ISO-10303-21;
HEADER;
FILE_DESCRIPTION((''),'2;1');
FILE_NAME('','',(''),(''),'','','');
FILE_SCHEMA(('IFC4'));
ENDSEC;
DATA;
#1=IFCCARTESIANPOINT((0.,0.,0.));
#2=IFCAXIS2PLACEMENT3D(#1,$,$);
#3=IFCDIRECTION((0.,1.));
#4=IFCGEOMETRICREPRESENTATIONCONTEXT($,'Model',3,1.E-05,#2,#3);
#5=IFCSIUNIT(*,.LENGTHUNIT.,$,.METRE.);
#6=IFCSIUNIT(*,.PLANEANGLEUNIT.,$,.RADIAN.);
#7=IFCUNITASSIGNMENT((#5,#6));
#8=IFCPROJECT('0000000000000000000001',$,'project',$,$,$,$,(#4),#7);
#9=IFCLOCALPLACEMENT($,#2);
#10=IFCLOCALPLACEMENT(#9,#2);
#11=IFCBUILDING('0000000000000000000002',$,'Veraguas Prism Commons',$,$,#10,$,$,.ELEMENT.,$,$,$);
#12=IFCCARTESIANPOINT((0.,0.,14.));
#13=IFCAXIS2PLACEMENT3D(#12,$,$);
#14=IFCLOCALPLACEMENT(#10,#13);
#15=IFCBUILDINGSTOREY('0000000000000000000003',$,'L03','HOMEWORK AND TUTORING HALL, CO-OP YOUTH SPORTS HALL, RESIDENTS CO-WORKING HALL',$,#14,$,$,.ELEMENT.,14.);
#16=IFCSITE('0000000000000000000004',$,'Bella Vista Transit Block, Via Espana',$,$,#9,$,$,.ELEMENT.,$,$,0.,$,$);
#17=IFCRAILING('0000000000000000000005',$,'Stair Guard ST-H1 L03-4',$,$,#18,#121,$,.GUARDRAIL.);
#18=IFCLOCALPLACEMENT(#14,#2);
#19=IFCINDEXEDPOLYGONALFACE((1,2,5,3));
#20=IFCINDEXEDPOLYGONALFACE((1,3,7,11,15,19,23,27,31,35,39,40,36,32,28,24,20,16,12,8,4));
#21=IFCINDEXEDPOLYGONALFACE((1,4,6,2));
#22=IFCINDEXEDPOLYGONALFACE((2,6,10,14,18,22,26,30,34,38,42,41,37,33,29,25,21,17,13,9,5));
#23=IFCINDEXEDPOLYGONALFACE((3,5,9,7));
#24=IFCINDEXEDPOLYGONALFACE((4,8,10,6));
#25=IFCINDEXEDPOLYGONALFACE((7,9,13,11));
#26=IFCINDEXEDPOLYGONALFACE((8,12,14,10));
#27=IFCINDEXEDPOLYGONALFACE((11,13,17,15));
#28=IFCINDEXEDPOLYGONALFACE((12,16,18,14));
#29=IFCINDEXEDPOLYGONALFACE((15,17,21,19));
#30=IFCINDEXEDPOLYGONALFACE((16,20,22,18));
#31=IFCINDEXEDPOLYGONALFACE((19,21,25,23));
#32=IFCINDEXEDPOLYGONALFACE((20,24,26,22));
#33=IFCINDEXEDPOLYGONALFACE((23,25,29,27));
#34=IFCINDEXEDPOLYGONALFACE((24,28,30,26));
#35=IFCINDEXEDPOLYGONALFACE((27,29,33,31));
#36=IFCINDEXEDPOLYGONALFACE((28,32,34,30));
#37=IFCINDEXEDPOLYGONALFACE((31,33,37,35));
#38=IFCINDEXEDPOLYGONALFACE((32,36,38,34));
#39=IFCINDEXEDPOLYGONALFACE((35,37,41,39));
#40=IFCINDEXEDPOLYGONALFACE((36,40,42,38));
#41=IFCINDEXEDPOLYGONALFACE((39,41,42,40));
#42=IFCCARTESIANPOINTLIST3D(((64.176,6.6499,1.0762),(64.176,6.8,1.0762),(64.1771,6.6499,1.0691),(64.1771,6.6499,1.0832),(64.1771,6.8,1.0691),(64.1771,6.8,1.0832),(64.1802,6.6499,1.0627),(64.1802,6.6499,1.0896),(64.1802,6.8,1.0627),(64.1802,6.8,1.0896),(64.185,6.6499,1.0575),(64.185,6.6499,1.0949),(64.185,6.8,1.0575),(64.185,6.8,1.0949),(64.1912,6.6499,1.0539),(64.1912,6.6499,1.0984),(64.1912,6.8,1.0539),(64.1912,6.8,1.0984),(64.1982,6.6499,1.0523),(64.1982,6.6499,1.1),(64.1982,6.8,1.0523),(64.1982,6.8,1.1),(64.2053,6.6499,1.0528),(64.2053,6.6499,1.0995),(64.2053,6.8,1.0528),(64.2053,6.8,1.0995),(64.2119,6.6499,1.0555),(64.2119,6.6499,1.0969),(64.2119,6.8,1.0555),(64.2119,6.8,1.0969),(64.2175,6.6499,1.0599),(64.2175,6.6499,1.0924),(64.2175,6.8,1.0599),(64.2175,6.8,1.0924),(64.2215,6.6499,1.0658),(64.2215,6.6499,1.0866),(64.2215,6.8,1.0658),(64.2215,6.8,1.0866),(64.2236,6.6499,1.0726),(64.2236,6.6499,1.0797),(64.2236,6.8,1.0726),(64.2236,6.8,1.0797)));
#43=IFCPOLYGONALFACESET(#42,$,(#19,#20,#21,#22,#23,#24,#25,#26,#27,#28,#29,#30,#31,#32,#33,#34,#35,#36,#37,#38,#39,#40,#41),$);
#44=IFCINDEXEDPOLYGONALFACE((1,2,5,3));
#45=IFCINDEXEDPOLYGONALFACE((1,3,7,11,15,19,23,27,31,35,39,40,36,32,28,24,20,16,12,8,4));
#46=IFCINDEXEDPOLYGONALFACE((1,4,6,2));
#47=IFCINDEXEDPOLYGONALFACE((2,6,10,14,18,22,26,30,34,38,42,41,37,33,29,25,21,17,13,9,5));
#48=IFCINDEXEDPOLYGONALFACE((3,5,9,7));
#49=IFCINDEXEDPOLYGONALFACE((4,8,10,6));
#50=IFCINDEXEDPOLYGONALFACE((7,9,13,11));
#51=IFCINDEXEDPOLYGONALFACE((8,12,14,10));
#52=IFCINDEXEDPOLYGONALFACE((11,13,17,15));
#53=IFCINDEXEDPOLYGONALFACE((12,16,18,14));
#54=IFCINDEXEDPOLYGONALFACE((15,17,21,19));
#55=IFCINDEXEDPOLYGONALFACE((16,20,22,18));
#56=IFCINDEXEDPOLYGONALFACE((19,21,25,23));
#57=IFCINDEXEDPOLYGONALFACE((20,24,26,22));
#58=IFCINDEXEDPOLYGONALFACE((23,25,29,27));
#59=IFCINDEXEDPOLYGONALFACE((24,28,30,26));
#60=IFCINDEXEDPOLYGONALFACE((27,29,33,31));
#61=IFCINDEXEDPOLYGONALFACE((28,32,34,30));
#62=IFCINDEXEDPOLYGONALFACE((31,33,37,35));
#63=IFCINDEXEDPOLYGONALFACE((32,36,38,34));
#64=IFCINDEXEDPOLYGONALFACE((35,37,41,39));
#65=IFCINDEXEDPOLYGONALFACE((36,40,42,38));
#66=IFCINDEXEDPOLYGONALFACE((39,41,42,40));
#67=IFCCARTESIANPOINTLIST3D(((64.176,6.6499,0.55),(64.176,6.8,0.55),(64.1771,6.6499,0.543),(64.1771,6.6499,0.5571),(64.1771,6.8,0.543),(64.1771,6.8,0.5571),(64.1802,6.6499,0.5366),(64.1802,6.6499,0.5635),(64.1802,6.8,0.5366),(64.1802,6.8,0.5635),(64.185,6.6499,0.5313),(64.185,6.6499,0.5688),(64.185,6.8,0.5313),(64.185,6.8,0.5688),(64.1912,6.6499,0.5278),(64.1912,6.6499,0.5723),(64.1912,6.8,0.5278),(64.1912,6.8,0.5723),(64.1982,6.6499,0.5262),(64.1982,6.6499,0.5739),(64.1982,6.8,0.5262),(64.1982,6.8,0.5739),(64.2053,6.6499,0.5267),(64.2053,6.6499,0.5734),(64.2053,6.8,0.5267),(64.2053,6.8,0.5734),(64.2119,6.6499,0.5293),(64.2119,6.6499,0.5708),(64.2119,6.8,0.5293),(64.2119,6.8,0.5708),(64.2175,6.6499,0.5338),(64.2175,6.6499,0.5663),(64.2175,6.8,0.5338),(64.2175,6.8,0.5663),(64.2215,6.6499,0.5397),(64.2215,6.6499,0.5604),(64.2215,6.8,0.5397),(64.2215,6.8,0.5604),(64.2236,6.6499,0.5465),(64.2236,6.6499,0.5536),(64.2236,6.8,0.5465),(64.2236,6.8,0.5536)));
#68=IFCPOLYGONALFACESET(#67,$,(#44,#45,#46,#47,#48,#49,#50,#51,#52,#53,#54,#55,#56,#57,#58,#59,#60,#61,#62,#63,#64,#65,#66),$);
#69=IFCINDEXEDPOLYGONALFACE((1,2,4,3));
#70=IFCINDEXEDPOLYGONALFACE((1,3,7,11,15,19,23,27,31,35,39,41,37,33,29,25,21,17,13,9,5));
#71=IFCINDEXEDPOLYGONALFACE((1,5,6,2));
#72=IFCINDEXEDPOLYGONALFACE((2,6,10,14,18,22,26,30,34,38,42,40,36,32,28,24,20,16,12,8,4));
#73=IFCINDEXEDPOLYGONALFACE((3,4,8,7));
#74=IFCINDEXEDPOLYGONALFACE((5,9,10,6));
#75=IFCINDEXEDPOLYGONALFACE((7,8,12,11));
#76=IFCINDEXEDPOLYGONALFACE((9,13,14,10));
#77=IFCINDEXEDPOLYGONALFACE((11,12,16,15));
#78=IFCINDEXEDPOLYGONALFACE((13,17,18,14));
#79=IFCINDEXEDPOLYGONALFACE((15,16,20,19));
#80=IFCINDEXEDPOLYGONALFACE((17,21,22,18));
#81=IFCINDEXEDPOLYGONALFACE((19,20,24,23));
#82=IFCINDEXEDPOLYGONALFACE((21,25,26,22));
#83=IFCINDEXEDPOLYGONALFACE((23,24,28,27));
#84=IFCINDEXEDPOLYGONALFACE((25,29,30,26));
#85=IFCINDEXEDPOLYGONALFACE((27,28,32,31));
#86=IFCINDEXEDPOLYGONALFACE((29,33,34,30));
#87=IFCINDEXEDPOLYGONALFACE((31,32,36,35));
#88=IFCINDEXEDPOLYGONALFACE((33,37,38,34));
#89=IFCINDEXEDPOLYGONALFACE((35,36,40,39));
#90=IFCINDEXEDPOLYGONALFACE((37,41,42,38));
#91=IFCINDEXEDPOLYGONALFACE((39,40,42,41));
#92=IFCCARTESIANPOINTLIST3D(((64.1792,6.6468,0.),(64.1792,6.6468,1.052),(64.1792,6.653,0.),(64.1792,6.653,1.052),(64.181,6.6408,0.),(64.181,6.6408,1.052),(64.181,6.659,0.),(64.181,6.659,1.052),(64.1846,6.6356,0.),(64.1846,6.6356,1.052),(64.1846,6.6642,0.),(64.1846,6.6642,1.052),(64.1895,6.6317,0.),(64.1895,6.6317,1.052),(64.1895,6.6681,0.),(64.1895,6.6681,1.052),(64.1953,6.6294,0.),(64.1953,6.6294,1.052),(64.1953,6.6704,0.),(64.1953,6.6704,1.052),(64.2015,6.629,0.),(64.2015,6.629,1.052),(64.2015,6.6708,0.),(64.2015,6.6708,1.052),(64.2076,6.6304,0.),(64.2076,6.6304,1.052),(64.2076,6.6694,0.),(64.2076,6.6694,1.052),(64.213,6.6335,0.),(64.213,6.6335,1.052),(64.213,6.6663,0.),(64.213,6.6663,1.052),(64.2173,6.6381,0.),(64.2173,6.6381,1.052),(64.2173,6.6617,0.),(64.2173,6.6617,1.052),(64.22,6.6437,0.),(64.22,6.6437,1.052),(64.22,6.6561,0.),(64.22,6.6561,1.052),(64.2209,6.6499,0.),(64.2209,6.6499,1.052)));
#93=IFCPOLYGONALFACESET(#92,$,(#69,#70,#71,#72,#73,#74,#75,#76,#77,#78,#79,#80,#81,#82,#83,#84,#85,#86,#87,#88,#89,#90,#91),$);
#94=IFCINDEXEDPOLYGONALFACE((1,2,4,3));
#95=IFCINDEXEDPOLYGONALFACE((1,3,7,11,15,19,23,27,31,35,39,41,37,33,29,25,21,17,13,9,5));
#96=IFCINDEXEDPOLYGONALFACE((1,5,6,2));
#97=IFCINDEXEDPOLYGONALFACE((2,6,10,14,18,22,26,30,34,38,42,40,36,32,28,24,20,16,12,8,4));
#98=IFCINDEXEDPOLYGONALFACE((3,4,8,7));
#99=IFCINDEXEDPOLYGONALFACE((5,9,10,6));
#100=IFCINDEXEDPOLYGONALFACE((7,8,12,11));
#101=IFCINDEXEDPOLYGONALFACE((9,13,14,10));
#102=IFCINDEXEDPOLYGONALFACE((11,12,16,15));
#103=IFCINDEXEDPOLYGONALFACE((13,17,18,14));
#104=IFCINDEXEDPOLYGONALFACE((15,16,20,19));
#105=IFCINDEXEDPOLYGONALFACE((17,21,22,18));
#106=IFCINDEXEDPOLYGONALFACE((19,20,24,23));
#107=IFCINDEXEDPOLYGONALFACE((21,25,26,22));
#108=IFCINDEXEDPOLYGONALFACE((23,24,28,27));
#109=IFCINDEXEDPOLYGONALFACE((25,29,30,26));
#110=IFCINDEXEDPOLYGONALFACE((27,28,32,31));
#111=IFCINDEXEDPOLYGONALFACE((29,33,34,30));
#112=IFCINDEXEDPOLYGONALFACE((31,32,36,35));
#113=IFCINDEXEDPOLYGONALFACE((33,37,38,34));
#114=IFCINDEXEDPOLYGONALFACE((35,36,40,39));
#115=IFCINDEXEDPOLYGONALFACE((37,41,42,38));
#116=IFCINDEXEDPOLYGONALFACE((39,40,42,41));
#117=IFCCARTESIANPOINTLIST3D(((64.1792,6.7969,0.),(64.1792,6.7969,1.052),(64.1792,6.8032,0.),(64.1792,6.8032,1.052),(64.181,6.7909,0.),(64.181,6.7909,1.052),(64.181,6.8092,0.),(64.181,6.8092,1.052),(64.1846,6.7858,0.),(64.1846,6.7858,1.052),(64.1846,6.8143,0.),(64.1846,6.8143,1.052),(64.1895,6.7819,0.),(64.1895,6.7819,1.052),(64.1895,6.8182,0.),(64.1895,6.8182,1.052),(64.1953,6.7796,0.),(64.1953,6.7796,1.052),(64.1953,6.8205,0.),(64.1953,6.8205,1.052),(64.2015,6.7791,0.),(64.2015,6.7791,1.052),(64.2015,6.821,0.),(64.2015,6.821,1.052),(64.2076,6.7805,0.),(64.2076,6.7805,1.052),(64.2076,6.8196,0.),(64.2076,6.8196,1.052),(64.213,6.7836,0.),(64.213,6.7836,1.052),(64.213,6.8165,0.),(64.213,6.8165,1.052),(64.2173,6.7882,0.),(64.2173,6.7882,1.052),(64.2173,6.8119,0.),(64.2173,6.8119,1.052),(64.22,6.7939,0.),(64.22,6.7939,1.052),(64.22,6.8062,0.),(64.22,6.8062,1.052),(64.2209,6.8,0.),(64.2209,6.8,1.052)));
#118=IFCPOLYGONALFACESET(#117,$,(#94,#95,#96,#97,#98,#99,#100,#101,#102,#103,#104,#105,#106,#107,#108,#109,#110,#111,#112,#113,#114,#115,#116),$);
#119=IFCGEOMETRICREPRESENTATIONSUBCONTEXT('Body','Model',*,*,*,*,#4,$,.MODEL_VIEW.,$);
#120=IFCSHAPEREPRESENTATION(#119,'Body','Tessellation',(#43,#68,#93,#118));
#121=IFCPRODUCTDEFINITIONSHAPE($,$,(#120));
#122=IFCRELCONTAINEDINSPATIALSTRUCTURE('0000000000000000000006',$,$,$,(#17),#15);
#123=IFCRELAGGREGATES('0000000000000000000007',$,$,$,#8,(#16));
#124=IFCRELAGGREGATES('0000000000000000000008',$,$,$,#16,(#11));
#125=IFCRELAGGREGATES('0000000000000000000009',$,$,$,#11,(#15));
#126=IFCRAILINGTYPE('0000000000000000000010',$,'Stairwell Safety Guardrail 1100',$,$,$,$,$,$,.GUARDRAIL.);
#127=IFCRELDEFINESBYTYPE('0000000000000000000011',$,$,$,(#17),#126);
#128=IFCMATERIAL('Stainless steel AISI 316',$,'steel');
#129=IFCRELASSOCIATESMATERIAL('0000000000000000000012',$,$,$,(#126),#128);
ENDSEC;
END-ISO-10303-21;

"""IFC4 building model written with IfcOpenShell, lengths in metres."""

from ifc_helpers import new_model, si_unit, direction, frame, origin, origin_2d, place, context, subcontext, project, spatial, circle, extrude, material, type_object, element, save


model = new_model("IFC4")

# Units and contexts
model_context = context("Model", 3, precision=1e-05, world=origin(), true_north=direction((0.0, 1.0)))
body_context = subcontext(model_context, "Body", "Model", "MODEL_VIEW")
ifc_project = project(units=[si_unit("LENGTHUNIT", "METRE"), si_unit("PLANEANGLEUNIT", "RADIAN")], contexts=[model_context])

# Site, building, storey
site_placement = place(None, origin())
site = spatial("IfcSite", under=ifc_project, at=site_placement, Name="Bella Vista Transit Block, Via Espana", CompositionType="ELEMENT", RefElevation=0.0)
building_placement = place(site_placement, origin())
building = spatial("IfcBuilding", under=site, at=building_placement, Name="Veraguas Prism Commons", CompositionType="ELEMENT")
storey_placement = place(building_placement, frame((0.0, 0.0, 14.0)))
storey = spatial("IfcBuildingStorey", under=building, at=storey_placement, Name="L03", Description="HOMEWORK AND TUTORING HALL, CO-OP YOUTH SPORTS HALL, RESIDENTS CO-WORKING HALL", CompositionType="ELEMENT", Elevation=14.0)

# Shared definitions
ifc_material_1 = material(Name="Stainless steel AISI 316", Category="steel")

# Railing
railing_type_1 = type_object("IfcRailingType", Name="Stairwell Safety Guardrail 1100", PredefinedType="GUARDRAIL", material=ifc_material_1)
railing_1_placement = place(storey_placement, frame((64.2, 6.6499, 0.0)))
element("IfcRailing", 1, at=railing_1_placement, inside=storey, type_object=railing_type_1, Name="Stair Guard ST-H1 L03-4", PredefinedType="GUARDRAIL", context=body_context, shape_type="SweptSolid", body=[
    extrude(circle(Radius=0.0239, at=origin_2d()), frame((0.0, 0.0, 1.0762), z_axis=(0.0, 1.0, 0.0), x_axis=(-1.0, 0.0, 0.0)), (0.0, 0.0, 1.0), 0.1501),
    extrude(circle(Radius=0.0239, at=origin_2d()), frame((0.0, 0.0, 0.55), z_axis=(0.0, 1.0, 0.0), x_axis=(-1.0, 0.0, 0.0)), (0.0, 0.0, 1.0), 0.1501),
    extrude(circle(Radius=0.021, at=origin_2d()), origin(), (0.0, 0.0, 1.0), 1.052),
    extrude(circle(Radius=0.021, at=origin_2d()), frame((0.0, 0.1501, 0.0)), (0.0, 0.0, 1.0), 1.052),
])

save(model, "model.ifc")
